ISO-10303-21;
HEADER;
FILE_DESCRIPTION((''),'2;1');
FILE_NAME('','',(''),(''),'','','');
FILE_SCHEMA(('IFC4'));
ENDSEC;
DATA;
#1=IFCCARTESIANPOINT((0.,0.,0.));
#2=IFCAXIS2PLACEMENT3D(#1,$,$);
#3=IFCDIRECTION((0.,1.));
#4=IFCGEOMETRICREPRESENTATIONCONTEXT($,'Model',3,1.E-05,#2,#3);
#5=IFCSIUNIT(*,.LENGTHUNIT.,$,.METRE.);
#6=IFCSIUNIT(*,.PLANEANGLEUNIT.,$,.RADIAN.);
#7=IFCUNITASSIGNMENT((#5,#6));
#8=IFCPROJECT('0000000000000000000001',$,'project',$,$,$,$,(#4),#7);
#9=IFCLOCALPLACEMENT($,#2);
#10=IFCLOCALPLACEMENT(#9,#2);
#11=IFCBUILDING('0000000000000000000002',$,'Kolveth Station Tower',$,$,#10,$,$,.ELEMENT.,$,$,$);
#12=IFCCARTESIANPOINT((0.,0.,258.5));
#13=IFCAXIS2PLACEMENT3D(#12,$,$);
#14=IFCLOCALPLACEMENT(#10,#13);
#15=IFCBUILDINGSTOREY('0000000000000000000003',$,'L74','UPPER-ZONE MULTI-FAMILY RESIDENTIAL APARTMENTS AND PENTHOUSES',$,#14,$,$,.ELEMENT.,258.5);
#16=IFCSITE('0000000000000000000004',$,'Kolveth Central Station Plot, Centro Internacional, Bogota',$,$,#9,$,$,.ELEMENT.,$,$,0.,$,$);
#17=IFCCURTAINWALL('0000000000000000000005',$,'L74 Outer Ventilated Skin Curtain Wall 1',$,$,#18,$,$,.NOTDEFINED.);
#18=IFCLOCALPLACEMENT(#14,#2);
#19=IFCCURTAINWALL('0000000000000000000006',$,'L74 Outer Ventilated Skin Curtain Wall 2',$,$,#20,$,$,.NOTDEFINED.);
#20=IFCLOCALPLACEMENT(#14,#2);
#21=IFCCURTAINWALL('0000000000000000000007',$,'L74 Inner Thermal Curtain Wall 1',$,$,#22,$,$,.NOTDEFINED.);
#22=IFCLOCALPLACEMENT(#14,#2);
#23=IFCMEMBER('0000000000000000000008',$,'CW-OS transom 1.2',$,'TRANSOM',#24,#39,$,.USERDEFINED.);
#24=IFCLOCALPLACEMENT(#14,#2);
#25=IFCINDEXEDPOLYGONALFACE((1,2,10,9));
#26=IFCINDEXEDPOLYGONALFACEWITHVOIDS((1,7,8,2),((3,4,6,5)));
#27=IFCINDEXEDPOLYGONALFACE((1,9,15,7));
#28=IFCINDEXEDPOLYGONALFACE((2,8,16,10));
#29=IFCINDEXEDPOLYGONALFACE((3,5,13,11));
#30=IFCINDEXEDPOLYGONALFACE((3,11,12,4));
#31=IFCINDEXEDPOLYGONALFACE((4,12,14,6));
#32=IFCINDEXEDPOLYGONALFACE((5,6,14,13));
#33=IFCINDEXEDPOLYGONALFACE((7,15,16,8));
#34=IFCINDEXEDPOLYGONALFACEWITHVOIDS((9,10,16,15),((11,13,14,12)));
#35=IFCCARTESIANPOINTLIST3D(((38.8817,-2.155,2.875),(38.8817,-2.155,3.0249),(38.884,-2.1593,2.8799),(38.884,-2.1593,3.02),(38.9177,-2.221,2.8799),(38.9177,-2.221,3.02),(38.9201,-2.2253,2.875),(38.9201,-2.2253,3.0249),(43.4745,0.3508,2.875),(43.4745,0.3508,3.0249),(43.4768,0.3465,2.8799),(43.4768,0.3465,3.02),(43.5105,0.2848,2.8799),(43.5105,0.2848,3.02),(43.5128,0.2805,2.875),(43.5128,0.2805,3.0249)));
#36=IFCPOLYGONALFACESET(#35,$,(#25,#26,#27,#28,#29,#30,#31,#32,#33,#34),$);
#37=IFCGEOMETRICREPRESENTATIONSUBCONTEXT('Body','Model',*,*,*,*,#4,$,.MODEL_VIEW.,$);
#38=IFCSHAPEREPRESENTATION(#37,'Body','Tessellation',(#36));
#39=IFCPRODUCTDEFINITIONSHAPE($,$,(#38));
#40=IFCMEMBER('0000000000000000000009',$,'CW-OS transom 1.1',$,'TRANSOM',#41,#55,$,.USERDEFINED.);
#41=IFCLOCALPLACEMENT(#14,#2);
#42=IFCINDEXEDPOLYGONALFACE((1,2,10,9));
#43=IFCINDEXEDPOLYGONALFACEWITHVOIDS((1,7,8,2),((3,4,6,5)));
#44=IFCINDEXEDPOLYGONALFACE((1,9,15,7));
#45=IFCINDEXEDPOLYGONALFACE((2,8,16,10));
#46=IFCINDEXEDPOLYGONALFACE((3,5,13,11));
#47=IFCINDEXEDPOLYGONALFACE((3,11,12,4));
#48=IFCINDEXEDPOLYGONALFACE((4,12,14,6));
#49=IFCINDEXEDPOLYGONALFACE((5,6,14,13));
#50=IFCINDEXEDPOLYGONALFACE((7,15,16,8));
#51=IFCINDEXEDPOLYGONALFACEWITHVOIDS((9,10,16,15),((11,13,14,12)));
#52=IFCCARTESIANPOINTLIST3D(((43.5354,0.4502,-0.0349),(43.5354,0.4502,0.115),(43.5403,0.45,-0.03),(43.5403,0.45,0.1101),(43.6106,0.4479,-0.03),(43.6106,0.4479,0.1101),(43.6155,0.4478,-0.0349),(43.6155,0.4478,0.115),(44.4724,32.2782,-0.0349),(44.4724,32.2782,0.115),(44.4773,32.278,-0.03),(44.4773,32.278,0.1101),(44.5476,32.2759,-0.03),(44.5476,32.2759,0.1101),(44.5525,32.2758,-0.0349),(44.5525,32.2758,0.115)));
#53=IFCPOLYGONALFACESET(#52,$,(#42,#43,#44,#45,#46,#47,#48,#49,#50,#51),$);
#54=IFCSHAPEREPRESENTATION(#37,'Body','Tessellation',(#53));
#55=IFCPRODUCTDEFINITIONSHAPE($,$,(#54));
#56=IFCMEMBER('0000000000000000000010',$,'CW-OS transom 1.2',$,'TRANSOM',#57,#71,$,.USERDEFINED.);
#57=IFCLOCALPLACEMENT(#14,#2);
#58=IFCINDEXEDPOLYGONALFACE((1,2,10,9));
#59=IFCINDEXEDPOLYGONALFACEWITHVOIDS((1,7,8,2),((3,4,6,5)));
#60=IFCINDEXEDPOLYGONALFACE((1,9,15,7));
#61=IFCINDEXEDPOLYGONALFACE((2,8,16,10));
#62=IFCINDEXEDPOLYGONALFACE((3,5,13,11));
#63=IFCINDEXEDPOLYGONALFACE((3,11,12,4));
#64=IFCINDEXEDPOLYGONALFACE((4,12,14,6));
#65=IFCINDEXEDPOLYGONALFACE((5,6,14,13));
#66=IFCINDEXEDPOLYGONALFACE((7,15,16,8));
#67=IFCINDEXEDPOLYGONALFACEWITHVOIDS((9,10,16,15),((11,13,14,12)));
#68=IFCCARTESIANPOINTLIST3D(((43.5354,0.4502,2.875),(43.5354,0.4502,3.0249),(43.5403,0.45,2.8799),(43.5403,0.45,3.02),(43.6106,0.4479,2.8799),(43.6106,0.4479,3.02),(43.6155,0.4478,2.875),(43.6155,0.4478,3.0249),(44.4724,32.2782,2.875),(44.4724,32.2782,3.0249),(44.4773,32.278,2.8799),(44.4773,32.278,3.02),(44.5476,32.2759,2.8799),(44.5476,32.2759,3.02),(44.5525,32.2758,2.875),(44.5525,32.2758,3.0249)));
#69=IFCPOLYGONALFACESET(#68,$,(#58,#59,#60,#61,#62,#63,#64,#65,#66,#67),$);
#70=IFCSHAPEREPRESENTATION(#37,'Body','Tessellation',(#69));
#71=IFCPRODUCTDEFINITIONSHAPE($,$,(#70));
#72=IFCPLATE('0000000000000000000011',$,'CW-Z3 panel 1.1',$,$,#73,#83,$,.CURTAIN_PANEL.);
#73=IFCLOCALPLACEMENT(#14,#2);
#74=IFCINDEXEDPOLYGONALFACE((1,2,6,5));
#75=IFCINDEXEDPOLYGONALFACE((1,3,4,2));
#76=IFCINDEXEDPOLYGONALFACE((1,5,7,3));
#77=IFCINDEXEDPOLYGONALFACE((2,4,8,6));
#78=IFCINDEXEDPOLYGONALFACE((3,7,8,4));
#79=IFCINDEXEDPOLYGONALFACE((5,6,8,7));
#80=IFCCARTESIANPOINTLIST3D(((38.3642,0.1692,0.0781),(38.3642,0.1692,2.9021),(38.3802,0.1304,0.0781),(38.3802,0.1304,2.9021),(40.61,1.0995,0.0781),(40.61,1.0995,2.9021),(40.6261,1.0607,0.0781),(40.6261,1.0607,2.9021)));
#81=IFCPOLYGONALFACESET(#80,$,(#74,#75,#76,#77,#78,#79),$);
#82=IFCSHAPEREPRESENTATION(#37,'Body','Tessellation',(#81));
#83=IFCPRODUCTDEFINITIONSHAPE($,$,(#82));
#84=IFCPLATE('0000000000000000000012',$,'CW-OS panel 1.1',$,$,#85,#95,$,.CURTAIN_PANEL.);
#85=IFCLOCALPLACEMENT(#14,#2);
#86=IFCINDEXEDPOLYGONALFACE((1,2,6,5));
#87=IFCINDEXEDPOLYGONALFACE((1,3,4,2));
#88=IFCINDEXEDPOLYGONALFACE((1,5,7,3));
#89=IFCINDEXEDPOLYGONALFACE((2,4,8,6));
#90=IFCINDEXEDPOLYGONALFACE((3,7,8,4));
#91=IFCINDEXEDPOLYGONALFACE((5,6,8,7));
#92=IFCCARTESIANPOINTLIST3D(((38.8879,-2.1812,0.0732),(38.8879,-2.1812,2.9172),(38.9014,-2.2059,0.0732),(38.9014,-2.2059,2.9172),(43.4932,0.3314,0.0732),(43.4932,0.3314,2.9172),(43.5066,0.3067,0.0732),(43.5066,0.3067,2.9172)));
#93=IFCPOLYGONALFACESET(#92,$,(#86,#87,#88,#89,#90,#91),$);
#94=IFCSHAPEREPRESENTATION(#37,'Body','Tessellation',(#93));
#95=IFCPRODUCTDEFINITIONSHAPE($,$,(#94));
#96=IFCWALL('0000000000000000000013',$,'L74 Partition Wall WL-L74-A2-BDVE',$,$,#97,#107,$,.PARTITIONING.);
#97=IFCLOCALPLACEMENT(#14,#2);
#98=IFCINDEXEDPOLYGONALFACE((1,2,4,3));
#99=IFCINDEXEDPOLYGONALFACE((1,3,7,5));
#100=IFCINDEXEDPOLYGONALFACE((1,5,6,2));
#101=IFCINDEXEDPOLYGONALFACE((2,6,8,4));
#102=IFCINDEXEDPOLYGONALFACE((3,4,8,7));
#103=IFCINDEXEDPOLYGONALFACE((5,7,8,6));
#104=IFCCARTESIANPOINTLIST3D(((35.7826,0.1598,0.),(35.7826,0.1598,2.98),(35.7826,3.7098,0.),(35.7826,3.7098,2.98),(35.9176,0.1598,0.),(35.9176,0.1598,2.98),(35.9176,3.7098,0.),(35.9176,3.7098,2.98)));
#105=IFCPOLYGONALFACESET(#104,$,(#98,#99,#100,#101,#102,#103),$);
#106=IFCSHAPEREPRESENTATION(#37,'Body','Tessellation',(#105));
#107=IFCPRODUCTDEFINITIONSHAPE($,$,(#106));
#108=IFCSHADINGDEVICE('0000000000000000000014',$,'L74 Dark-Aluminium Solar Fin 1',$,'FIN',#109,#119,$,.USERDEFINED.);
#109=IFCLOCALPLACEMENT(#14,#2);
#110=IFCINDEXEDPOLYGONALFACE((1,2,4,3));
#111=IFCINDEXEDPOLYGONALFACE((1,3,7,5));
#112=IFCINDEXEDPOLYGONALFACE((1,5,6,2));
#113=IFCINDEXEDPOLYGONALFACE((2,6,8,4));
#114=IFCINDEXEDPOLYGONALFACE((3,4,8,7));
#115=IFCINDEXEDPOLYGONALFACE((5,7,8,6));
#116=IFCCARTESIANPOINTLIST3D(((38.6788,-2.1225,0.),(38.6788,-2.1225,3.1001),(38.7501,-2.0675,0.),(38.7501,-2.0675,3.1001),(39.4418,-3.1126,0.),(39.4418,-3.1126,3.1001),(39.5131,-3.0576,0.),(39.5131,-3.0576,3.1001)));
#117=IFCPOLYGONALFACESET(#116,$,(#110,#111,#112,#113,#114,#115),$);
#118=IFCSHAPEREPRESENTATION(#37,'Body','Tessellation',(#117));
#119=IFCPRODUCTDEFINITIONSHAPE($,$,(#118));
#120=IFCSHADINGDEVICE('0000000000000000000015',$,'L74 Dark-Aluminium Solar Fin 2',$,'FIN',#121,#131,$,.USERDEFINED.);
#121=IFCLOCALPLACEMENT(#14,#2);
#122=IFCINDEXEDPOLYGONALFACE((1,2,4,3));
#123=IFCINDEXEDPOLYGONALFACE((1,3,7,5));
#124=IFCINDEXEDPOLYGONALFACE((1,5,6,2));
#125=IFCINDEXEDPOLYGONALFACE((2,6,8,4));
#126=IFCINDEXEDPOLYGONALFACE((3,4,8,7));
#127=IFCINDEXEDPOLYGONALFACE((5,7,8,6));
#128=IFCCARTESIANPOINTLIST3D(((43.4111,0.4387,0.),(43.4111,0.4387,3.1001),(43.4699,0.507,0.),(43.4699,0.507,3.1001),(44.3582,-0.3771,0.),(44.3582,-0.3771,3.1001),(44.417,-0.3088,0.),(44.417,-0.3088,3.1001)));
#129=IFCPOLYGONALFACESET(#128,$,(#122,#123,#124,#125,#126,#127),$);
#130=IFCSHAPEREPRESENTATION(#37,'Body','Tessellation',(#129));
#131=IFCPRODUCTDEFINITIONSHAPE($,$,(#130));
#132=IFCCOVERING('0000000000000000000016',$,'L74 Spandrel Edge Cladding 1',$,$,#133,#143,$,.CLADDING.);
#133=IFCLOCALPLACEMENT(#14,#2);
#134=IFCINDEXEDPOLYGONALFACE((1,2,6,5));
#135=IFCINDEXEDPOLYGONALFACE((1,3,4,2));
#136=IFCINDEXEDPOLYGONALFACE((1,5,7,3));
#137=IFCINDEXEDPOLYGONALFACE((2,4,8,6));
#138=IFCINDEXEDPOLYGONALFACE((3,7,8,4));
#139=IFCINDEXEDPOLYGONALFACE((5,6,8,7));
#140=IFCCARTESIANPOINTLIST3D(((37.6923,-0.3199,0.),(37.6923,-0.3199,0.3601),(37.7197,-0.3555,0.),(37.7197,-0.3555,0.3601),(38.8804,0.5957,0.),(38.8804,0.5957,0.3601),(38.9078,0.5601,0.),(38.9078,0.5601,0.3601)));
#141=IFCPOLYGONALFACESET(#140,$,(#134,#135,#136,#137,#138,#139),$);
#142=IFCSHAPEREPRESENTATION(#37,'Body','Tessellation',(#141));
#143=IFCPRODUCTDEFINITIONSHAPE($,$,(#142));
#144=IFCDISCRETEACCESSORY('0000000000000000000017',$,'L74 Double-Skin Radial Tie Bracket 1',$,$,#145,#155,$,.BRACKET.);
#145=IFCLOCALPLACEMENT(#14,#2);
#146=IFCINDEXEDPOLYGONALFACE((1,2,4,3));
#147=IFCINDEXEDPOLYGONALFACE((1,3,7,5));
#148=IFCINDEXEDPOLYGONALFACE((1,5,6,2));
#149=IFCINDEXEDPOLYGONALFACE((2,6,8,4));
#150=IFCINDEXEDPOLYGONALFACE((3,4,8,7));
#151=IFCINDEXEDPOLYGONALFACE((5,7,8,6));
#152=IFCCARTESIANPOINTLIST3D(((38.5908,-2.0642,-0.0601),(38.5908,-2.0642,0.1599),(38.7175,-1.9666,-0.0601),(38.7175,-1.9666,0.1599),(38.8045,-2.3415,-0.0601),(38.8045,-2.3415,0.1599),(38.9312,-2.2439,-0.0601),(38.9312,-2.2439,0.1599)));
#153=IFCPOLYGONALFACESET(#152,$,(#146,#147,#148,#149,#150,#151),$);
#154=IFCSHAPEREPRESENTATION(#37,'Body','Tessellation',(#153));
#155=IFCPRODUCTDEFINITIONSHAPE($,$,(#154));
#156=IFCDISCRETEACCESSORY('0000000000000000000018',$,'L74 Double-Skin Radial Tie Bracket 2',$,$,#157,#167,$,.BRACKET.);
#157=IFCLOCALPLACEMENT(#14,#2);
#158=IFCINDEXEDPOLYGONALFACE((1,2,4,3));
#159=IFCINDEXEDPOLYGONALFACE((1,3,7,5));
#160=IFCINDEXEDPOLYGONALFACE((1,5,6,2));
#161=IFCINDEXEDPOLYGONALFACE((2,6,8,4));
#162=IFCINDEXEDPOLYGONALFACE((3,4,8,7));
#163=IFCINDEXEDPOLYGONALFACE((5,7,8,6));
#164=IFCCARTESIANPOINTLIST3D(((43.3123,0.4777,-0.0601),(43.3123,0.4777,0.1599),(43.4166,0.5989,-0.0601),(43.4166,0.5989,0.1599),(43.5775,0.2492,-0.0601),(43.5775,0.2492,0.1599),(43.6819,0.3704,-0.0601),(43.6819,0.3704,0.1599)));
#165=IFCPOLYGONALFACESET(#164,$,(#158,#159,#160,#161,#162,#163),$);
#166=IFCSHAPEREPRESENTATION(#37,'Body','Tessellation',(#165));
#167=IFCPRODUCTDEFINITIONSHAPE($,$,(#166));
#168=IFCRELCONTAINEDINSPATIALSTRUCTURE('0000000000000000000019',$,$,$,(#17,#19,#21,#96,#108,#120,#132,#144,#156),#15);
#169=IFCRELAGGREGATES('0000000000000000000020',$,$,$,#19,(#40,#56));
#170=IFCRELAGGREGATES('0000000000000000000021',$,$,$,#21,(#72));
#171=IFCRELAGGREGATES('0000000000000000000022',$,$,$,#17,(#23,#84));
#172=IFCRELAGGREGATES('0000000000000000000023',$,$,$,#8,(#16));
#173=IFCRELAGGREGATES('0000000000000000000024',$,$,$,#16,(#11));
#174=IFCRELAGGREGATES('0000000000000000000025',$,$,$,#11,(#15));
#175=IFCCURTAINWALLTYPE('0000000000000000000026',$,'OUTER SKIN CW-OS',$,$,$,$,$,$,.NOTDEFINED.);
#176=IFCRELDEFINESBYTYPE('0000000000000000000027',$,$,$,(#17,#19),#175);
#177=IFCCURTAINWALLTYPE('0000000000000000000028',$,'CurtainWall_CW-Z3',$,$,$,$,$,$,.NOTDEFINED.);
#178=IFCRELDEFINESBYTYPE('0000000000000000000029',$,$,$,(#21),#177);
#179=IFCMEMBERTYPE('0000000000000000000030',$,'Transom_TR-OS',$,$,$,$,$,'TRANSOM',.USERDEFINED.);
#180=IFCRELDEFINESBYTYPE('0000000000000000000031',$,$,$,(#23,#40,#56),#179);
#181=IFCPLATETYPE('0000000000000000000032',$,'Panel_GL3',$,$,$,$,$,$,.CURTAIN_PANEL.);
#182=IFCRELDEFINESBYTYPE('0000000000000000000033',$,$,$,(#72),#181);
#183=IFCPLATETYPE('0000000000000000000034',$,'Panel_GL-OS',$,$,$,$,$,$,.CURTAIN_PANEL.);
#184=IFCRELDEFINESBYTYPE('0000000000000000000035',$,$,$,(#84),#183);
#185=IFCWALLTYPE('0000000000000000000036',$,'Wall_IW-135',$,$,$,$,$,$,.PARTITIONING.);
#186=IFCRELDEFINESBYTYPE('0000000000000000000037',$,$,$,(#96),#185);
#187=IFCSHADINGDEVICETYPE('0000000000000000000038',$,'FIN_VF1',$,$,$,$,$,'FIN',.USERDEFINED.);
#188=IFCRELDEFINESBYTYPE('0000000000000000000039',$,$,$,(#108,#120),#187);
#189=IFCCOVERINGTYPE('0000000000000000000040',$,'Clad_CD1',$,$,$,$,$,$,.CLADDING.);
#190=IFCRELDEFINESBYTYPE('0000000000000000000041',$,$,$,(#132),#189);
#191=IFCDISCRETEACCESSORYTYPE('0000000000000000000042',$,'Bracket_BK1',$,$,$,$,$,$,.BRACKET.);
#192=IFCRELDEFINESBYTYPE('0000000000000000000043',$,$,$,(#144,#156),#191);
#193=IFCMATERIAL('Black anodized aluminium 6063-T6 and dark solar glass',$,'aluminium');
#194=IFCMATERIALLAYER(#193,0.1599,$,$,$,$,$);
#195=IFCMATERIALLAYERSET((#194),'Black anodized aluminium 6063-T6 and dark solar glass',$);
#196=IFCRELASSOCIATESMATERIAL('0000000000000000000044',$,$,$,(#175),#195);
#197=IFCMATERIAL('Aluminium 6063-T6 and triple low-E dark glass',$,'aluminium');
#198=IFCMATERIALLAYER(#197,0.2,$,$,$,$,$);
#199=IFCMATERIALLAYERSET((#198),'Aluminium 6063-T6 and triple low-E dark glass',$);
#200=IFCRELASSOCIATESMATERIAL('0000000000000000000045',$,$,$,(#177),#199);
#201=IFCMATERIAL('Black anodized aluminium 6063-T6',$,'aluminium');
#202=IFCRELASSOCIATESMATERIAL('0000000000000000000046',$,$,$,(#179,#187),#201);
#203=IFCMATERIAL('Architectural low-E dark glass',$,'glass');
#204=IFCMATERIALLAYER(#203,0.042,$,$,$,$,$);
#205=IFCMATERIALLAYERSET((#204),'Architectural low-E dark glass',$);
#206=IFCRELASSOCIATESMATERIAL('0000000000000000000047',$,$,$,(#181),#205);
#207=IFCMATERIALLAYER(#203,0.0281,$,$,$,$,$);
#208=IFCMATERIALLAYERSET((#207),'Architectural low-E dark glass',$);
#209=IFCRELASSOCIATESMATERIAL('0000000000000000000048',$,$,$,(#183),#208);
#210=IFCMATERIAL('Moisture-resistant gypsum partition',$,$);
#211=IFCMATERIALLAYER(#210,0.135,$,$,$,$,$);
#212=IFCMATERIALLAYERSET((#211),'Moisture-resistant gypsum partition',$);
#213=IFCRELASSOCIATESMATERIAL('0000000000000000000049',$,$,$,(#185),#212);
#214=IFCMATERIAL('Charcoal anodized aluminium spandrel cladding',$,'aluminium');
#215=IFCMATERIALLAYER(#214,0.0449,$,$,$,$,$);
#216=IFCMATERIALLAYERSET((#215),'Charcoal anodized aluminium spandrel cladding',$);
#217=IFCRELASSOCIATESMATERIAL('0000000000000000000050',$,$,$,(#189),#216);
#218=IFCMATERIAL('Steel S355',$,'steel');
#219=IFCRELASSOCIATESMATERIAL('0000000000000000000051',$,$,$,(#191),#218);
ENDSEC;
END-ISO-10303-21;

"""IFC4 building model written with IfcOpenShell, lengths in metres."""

from ifc_helpers import new_model, si_unit, direction, frame, frame_2d, origin, origin_2d, place, context, subcontext, project, spatial, rectangle, hollow_rectangle, extrude, source, transform, mapped, material, layer, layer_set, material_profile, profile_set, type_object, element, aggregate, save


model = new_model("IFC4")

# Units and contexts
model_context = context("Model", 3, precision=1e-05, world=origin(), true_north=direction((0.0, 1.0)))
body_context = subcontext(model_context, "Body", "Model", "MODEL_VIEW")
ifc_project = project(units=[si_unit("LENGTHUNIT", "METRE"), si_unit("PLANEANGLEUNIT", "RADIAN")], contexts=[model_context])

# Site, building, storey
site_placement = place(None, origin())
site = spatial("IfcSite", under=ifc_project, at=site_placement, Name="Kolveth Central Station Plot, Centro Internacional, Bogota", CompositionType="ELEMENT", RefElevation=0.0)
building_placement = place(site_placement, origin())
building = spatial("IfcBuilding", under=site, at=building_placement, Name="Kolveth Station Tower", CompositionType="ELEMENT")
storey_placement = place(building_placement, frame((0.0, 0.0, 258.5)))
storey = spatial("IfcBuildingStorey", under=building, at=storey_placement, Name="L74", Description="UPPER-ZONE MULTI-FAMILY RESIDENTIAL APARTMENTS AND PENTHOUSES", CompositionType="ELEMENT", Elevation=258.5)

# Curtain wall
ifc_material_1 = material(Name="Black anodized aluminium 6063-T6 and dark solar glass", Category="aluminium")
ifc_layer_1 = layer(ifc_material_1, 0.1599)
ifc_layer_set_1 = layer_set([ifc_layer_1], Name="Black anodized aluminium 6063-T6 and dark solar glass")
curtain_wall_type_1 = type_object("IfcCurtainWallType", Name="OUTER SKIN CW-OS", PredefinedType="NOTDEFINED", material=ifc_layer_set_1)
curtain_wall_1_placement = place(storey_placement, origin())
curtain_wall_1 = element("IfcCurtainWall", 1, at=curtain_wall_1_placement, inside=storey, type_object=curtain_wall_type_1, Name="L74 Outer Ventilated Skin Curtain Wall 1", PredefinedType="NOTDEFINED")
ifc_material_2 = material(Name="Black anodized aluminium 6063-T6", Category="aluminium")

# Curtain wall
curtain_wall_2_placement = place(storey_placement, origin())
curtain_wall_2 = element("IfcCurtainWall", 2, at=curtain_wall_2_placement, inside=storey, type_object=curtain_wall_type_1, Name="L74 Outer Ventilated Skin Curtain Wall 2", PredefinedType="NOTDEFINED")

# Curtain wall
ifc_material_3 = material(Name="Aluminium 6063-T6 and triple low-E dark glass", Category="aluminium")
ifc_layer_2 = layer(ifc_material_3, 0.2)
ifc_layer_set_2 = layer_set([ifc_layer_2], Name="Aluminium 6063-T6 and triple low-E dark glass")
curtain_wall_type_2 = type_object("IfcCurtainWallType", Name="CurtainWall_CW-Z3", PredefinedType="NOTDEFINED", material=ifc_layer_set_2)
curtain_wall_3_placement = place(storey_placement, origin())
curtain_wall_3 = element("IfcCurtainWall", 3, at=curtain_wall_3_placement, inside=storey, type_object=curtain_wall_type_2, Name="L74 Inner Thermal Curtain Wall 1", PredefinedType="NOTDEFINED")

# Members
ifc_material_profile_1 = material_profile(ifc_material_2, hollow_rectangle(XDim=0.0801, YDim=0.1499, WallThickness=0.0049, at=origin_2d()), Name="ALU-80x150x5")
ifc_profile_set_1 = profile_set([ifc_material_profile_1], Name="Black anodized aluminium 6063-T6")
member_type_1 = type_object("IfcMemberType", Name="Transom_TR-OS", ElementType="TRANSOM", PredefinedType="USERDEFINED", material=ifc_profile_set_1)
shared_shape_1 = source(origin(), body_context, "Body", "SweptSolid", [
    extrude(hollow_rectangle(XDim=0.0801, YDim=0.1499, WallThickness=0.0049, at=origin_2d()), origin(), (0.0, 0.0, 1.0), 5.2319),
])
member_1_placement = place(storey_placement, frame((38.9009, -2.1902, 2.95), z_axis=(0.877839, 0.478957, 0.0), x_axis=(-0.478957, 0.877839, 0.0)))
member_1 = element("IfcMember", 4, at=member_1_placement, type_object=member_type_1, Name="CW-OS transom 1.2", ObjectType="TRANSOM", PredefinedType="USERDEFINED", context=body_context, shape_type="MappedRepresentation", body=[
    mapped(shared_shape_1, transform((0.0, 0.0, 0.0), x_axis=(1.0, 0.0, 0.0), y_axis=(0.0, 1.0, 0.0), z_axis=(0.0, 0.0, 1.0), scale=1.0)),
])
shared_shape_2 = source(origin(), body_context, "Body", "SweptSolid", [
    extrude(hollow_rectangle(XDim=0.0801, YDim=0.1499, WallThickness=0.0049, at=origin_2d()), origin(), (0.0, 0.0, 1.0), 31.8418),
])
member_2_placement = place(storey_placement, frame((43.5754, 0.449, 0.04), z_axis=(0.029427, 0.999567, 0.0), x_axis=(-0.999567, 0.029427, 0.0)))
member_2 = element("IfcMember", 5, at=member_2_placement, type_object=member_type_1, Name="CW-OS transom 1.1", ObjectType="TRANSOM", PredefinedType="USERDEFINED", context=body_context, shape_type="MappedRepresentation", body=[
    mapped(shared_shape_2, transform((0.0, 0.0, 0.0), x_axis=(1.0, 0.0, 0.0), y_axis=(0.0, 1.0, 0.0), z_axis=(0.0, 0.0, 1.0), scale=1.0)),
])
member_3_placement = place(storey_placement, frame((43.5754, 0.449, 2.95), z_axis=(0.029427, 0.999567, 0.0), x_axis=(-0.999567, 0.029427, 0.0)))
member_3 = element("IfcMember", 6, at=member_3_placement, type_object=member_type_1, Name="CW-OS transom 1.2", ObjectType="TRANSOM", PredefinedType="USERDEFINED", context=body_context, shape_type="MappedRepresentation", body=[
    mapped(shared_shape_2, transform((0.0, 0.0, 0.0), x_axis=(1.0, 0.0, 0.0), y_axis=(0.0, 1.0, 0.0), z_axis=(0.0, 0.0, 1.0), scale=1.0)),
])
aggregate(curtain_wall_2, [member_2, member_3])

# Plates
ifc_material_4 = material(Name="Architectural low-E dark glass", Category="glass")
ifc_layer_3 = layer(ifc_material_4, 0.042)
ifc_layer_set_3 = layer_set([ifc_layer_3], Name="Architectural low-E dark glass")
plate_type_1 = type_object("IfcPlateType", Name="Panel_GL3", PredefinedType="CURTAIN_PANEL", material=ifc_layer_set_3)
shared_shape_3 = source(origin(), body_context, "Body", "SweptSolid", [
    extrude(rectangle(XDim=2.4309, YDim=0.042, at=origin_2d()), origin(), (0.0, 0.0, 1.0), 2.824),
])
plate_1_placement = place(storey_placement, frame((39.4951, 0.615, 0.0781), z_axis=(0.0, 0.0, 1.0), x_axis=(0.923875, 0.382693, 0.0)))
plate_1 = element("IfcPlate", 7, at=plate_1_placement, type_object=plate_type_1, Name="CW-Z3 panel 1.1", PredefinedType="CURTAIN_PANEL", context=body_context, shape_type="MappedRepresentation", body=[
    mapped(shared_shape_3, transform((0.0, 0.0, 0.0), x_axis=(1.0, 0.0, 0.0), y_axis=(0.0, 1.0, 0.0), z_axis=(0.0, 0.0, 1.0), scale=1.0)),
])
aggregate(curtain_wall_3, [plate_1])
ifc_layer_4 = layer(ifc_material_4, 0.0281)
ifc_layer_set_4 = layer_set([ifc_layer_4], Name="Architectural low-E dark glass")
plate_type_2 = type_object("IfcPlateType", Name="Panel_GL-OS", PredefinedType="CURTAIN_PANEL", material=ifc_layer_set_4)
shared_shape_4 = source(origin(), body_context, "Body", "SweptSolid", [
    extrude(rectangle(XDim=5.2461, YDim=0.0281, at=origin_2d()), origin(), (0.0, 0.0, 1.0), 2.844),
])
plate_2_placement = place(storey_placement, frame((41.1973, -0.9373, 0.0732), z_axis=(0.0, 0.0, 1.0), x_axis=(0.877841, 0.478952, 0.0)))
plate_2 = element("IfcPlate", 8, at=plate_2_placement, type_object=plate_type_2, Name="CW-OS panel 1.1", PredefinedType="CURTAIN_PANEL", context=body_context, shape_type="MappedRepresentation", body=[
    mapped(shared_shape_4, transform((0.0, 0.0, 0.0), x_axis=(1.0, 0.0, 0.0), y_axis=(0.0, 1.0, 0.0), z_axis=(0.0, 0.0, 1.0), scale=1.0)),
])
aggregate(curtain_wall_1, [member_1, plate_2])

# Wall
ifc_material_5 = material(Name="Moisture-resistant gypsum partition")
ifc_layer_5 = layer(ifc_material_5, 0.135)
ifc_layer_set_5 = layer_set([ifc_layer_5], Name="Moisture-resistant gypsum partition")
wall_type = type_object("IfcWallType", Name="Wall_IW-135", PredefinedType="PARTITIONING", material=ifc_layer_set_5)
wall_placement = place(storey_placement, frame((35.8501, 0.1599, 0.0), z_axis=(0.0, 0.0, 1.0), x_axis=(0.0, 1.0, 0.0)))
element("IfcWall", 9, at=wall_placement, inside=storey, type_object=wall_type, Name="L74 Partition Wall WL-L74-A2-BDVE", PredefinedType="PARTITIONING", context=body_context, shape_type="SweptSolid", body=[
    extrude(rectangle(XDim=3.55, YDim=0.135, at=frame_2d((1.7749, 0.0))), origin(), (0.0, 0.0, 1.0), 2.98),
])

# Shading devices
shading_device_type = type_object("IfcShadingDeviceType", Name="FIN_VF1", ElementType="FIN", PredefinedType="USERDEFINED", material=ifc_material_2)
shared_shape_5 = source(origin(), body_context, "Body", "SweptSolid", [
    extrude(rectangle(XDim=1.25, YDim=0.0901, at=origin_2d()), origin(), (0.0, 0.0, 1.0), 3.1001),
])
for number, where, z_axis, x_axis, name in (
    (10, (39.0959, -2.5901, 0.0), (0.0, 0.0, 1.0), (0.610422, -0.792077, 0.0), "L74 Dark-Aluminium Solar Fin 1"),
    (11, (43.9141, 0.0649, 0.0), (0.0, 0.0, 1.0), (0.757679, -0.652628, 0.0), "L74 Dark-Aluminium Solar Fin 2"),
):
    element("IfcShadingDevice", number, at=place(storey_placement, frame(where, z_axis=z_axis, x_axis=x_axis)), inside=storey, type_object=shading_device_type, Name=name, ObjectType="FIN", PredefinedType="USERDEFINED", context=body_context, shape_type="MappedRepresentation", body=[
        mapped(shared_shape_5, transform((0.0, 0.0, 0.0), x_axis=(1.0, 0.0, 0.0), y_axis=(0.0, 1.0, 0.0), z_axis=(0.0, 0.0, 1.0), scale=1.0)),
    ])

# Covering
ifc_material_6 = material(Name="Charcoal anodized aluminium spandrel cladding", Category="aluminium")
ifc_layer_6 = layer(ifc_material_6, 0.0449)
ifc_layer_set_6 = layer_set([ifc_layer_6], Name="Charcoal anodized aluminium spandrel cladding")
covering_type = type_object("IfcCoveringType", Name="Clad_CD1", PredefinedType="CLADDING", material=ifc_layer_set_6)
shared_shape_6 = source(origin(), body_context, "Body", "SweptSolid", [
    extrude(rectangle(XDim=1.5, YDim=0.0449, at=origin_2d()), origin(), (0.0, 0.0, 1.0), 0.3601),
])
covering_placement = place(storey_placement, frame((38.3, 0.1201, 0.0), z_axis=(0.0, 0.0, 1.0), x_axis=(0.792077, 0.610422, 0.0)))
element("IfcCovering", 12, at=covering_placement, inside=storey, type_object=covering_type, Name="L74 Spandrel Edge Cladding 1", PredefinedType="CLADDING", context=body_context, shape_type="MappedRepresentation", body=[
    mapped(shared_shape_6, transform((0.0, 0.0, 0.0), x_axis=(1.0, 0.0, 0.0), y_axis=(0.0, 1.0, 0.0), z_axis=(0.0, 0.0, 1.0), scale=1.0)),
])

# Discrete accessories
ifc_material_7 = material(Name="Steel S355", Category="steel")
discrete_accessory_type = type_object("IfcDiscreteAccessoryType", Name="Bracket_BK1", PredefinedType="BRACKET", material=ifc_material_7)
shared_shape_7 = source(origin(), body_context, "Body", "SweptSolid", [
    extrude(rectangle(XDim=0.3501, YDim=0.1599, at=origin_2d()), origin(), (0.0, 0.0, 1.0), 0.22),
])
for number, where, z_axis, x_axis, name in (
    (13, (38.761, -2.1541, -0.0601), (0.0, 0.0, 1.0), (0.610422, -0.792077, 0.0), "L74 Double-Skin Radial Tie Bracket 1"),
    (14, (43.4971, 0.4241, -0.0601), (0.0, 0.0, 1.0), (0.757679, -0.652628, 0.0), "L74 Double-Skin Radial Tie Bracket 2"),
):
    element("IfcDiscreteAccessory", number, at=place(storey_placement, frame(where, z_axis=z_axis, x_axis=x_axis)), inside=storey, type_object=discrete_accessory_type, Name=name, PredefinedType="BRACKET", context=body_context, shape_type="MappedRepresentation", body=[
        mapped(shared_shape_7, transform((0.0, 0.0, 0.0), x_axis=(1.0, 0.0, 0.0), y_axis=(0.0, 1.0, 0.0), z_axis=(0.0, 0.0, 1.0), scale=1.0)),
    ])

save(model, "model.ifc")
